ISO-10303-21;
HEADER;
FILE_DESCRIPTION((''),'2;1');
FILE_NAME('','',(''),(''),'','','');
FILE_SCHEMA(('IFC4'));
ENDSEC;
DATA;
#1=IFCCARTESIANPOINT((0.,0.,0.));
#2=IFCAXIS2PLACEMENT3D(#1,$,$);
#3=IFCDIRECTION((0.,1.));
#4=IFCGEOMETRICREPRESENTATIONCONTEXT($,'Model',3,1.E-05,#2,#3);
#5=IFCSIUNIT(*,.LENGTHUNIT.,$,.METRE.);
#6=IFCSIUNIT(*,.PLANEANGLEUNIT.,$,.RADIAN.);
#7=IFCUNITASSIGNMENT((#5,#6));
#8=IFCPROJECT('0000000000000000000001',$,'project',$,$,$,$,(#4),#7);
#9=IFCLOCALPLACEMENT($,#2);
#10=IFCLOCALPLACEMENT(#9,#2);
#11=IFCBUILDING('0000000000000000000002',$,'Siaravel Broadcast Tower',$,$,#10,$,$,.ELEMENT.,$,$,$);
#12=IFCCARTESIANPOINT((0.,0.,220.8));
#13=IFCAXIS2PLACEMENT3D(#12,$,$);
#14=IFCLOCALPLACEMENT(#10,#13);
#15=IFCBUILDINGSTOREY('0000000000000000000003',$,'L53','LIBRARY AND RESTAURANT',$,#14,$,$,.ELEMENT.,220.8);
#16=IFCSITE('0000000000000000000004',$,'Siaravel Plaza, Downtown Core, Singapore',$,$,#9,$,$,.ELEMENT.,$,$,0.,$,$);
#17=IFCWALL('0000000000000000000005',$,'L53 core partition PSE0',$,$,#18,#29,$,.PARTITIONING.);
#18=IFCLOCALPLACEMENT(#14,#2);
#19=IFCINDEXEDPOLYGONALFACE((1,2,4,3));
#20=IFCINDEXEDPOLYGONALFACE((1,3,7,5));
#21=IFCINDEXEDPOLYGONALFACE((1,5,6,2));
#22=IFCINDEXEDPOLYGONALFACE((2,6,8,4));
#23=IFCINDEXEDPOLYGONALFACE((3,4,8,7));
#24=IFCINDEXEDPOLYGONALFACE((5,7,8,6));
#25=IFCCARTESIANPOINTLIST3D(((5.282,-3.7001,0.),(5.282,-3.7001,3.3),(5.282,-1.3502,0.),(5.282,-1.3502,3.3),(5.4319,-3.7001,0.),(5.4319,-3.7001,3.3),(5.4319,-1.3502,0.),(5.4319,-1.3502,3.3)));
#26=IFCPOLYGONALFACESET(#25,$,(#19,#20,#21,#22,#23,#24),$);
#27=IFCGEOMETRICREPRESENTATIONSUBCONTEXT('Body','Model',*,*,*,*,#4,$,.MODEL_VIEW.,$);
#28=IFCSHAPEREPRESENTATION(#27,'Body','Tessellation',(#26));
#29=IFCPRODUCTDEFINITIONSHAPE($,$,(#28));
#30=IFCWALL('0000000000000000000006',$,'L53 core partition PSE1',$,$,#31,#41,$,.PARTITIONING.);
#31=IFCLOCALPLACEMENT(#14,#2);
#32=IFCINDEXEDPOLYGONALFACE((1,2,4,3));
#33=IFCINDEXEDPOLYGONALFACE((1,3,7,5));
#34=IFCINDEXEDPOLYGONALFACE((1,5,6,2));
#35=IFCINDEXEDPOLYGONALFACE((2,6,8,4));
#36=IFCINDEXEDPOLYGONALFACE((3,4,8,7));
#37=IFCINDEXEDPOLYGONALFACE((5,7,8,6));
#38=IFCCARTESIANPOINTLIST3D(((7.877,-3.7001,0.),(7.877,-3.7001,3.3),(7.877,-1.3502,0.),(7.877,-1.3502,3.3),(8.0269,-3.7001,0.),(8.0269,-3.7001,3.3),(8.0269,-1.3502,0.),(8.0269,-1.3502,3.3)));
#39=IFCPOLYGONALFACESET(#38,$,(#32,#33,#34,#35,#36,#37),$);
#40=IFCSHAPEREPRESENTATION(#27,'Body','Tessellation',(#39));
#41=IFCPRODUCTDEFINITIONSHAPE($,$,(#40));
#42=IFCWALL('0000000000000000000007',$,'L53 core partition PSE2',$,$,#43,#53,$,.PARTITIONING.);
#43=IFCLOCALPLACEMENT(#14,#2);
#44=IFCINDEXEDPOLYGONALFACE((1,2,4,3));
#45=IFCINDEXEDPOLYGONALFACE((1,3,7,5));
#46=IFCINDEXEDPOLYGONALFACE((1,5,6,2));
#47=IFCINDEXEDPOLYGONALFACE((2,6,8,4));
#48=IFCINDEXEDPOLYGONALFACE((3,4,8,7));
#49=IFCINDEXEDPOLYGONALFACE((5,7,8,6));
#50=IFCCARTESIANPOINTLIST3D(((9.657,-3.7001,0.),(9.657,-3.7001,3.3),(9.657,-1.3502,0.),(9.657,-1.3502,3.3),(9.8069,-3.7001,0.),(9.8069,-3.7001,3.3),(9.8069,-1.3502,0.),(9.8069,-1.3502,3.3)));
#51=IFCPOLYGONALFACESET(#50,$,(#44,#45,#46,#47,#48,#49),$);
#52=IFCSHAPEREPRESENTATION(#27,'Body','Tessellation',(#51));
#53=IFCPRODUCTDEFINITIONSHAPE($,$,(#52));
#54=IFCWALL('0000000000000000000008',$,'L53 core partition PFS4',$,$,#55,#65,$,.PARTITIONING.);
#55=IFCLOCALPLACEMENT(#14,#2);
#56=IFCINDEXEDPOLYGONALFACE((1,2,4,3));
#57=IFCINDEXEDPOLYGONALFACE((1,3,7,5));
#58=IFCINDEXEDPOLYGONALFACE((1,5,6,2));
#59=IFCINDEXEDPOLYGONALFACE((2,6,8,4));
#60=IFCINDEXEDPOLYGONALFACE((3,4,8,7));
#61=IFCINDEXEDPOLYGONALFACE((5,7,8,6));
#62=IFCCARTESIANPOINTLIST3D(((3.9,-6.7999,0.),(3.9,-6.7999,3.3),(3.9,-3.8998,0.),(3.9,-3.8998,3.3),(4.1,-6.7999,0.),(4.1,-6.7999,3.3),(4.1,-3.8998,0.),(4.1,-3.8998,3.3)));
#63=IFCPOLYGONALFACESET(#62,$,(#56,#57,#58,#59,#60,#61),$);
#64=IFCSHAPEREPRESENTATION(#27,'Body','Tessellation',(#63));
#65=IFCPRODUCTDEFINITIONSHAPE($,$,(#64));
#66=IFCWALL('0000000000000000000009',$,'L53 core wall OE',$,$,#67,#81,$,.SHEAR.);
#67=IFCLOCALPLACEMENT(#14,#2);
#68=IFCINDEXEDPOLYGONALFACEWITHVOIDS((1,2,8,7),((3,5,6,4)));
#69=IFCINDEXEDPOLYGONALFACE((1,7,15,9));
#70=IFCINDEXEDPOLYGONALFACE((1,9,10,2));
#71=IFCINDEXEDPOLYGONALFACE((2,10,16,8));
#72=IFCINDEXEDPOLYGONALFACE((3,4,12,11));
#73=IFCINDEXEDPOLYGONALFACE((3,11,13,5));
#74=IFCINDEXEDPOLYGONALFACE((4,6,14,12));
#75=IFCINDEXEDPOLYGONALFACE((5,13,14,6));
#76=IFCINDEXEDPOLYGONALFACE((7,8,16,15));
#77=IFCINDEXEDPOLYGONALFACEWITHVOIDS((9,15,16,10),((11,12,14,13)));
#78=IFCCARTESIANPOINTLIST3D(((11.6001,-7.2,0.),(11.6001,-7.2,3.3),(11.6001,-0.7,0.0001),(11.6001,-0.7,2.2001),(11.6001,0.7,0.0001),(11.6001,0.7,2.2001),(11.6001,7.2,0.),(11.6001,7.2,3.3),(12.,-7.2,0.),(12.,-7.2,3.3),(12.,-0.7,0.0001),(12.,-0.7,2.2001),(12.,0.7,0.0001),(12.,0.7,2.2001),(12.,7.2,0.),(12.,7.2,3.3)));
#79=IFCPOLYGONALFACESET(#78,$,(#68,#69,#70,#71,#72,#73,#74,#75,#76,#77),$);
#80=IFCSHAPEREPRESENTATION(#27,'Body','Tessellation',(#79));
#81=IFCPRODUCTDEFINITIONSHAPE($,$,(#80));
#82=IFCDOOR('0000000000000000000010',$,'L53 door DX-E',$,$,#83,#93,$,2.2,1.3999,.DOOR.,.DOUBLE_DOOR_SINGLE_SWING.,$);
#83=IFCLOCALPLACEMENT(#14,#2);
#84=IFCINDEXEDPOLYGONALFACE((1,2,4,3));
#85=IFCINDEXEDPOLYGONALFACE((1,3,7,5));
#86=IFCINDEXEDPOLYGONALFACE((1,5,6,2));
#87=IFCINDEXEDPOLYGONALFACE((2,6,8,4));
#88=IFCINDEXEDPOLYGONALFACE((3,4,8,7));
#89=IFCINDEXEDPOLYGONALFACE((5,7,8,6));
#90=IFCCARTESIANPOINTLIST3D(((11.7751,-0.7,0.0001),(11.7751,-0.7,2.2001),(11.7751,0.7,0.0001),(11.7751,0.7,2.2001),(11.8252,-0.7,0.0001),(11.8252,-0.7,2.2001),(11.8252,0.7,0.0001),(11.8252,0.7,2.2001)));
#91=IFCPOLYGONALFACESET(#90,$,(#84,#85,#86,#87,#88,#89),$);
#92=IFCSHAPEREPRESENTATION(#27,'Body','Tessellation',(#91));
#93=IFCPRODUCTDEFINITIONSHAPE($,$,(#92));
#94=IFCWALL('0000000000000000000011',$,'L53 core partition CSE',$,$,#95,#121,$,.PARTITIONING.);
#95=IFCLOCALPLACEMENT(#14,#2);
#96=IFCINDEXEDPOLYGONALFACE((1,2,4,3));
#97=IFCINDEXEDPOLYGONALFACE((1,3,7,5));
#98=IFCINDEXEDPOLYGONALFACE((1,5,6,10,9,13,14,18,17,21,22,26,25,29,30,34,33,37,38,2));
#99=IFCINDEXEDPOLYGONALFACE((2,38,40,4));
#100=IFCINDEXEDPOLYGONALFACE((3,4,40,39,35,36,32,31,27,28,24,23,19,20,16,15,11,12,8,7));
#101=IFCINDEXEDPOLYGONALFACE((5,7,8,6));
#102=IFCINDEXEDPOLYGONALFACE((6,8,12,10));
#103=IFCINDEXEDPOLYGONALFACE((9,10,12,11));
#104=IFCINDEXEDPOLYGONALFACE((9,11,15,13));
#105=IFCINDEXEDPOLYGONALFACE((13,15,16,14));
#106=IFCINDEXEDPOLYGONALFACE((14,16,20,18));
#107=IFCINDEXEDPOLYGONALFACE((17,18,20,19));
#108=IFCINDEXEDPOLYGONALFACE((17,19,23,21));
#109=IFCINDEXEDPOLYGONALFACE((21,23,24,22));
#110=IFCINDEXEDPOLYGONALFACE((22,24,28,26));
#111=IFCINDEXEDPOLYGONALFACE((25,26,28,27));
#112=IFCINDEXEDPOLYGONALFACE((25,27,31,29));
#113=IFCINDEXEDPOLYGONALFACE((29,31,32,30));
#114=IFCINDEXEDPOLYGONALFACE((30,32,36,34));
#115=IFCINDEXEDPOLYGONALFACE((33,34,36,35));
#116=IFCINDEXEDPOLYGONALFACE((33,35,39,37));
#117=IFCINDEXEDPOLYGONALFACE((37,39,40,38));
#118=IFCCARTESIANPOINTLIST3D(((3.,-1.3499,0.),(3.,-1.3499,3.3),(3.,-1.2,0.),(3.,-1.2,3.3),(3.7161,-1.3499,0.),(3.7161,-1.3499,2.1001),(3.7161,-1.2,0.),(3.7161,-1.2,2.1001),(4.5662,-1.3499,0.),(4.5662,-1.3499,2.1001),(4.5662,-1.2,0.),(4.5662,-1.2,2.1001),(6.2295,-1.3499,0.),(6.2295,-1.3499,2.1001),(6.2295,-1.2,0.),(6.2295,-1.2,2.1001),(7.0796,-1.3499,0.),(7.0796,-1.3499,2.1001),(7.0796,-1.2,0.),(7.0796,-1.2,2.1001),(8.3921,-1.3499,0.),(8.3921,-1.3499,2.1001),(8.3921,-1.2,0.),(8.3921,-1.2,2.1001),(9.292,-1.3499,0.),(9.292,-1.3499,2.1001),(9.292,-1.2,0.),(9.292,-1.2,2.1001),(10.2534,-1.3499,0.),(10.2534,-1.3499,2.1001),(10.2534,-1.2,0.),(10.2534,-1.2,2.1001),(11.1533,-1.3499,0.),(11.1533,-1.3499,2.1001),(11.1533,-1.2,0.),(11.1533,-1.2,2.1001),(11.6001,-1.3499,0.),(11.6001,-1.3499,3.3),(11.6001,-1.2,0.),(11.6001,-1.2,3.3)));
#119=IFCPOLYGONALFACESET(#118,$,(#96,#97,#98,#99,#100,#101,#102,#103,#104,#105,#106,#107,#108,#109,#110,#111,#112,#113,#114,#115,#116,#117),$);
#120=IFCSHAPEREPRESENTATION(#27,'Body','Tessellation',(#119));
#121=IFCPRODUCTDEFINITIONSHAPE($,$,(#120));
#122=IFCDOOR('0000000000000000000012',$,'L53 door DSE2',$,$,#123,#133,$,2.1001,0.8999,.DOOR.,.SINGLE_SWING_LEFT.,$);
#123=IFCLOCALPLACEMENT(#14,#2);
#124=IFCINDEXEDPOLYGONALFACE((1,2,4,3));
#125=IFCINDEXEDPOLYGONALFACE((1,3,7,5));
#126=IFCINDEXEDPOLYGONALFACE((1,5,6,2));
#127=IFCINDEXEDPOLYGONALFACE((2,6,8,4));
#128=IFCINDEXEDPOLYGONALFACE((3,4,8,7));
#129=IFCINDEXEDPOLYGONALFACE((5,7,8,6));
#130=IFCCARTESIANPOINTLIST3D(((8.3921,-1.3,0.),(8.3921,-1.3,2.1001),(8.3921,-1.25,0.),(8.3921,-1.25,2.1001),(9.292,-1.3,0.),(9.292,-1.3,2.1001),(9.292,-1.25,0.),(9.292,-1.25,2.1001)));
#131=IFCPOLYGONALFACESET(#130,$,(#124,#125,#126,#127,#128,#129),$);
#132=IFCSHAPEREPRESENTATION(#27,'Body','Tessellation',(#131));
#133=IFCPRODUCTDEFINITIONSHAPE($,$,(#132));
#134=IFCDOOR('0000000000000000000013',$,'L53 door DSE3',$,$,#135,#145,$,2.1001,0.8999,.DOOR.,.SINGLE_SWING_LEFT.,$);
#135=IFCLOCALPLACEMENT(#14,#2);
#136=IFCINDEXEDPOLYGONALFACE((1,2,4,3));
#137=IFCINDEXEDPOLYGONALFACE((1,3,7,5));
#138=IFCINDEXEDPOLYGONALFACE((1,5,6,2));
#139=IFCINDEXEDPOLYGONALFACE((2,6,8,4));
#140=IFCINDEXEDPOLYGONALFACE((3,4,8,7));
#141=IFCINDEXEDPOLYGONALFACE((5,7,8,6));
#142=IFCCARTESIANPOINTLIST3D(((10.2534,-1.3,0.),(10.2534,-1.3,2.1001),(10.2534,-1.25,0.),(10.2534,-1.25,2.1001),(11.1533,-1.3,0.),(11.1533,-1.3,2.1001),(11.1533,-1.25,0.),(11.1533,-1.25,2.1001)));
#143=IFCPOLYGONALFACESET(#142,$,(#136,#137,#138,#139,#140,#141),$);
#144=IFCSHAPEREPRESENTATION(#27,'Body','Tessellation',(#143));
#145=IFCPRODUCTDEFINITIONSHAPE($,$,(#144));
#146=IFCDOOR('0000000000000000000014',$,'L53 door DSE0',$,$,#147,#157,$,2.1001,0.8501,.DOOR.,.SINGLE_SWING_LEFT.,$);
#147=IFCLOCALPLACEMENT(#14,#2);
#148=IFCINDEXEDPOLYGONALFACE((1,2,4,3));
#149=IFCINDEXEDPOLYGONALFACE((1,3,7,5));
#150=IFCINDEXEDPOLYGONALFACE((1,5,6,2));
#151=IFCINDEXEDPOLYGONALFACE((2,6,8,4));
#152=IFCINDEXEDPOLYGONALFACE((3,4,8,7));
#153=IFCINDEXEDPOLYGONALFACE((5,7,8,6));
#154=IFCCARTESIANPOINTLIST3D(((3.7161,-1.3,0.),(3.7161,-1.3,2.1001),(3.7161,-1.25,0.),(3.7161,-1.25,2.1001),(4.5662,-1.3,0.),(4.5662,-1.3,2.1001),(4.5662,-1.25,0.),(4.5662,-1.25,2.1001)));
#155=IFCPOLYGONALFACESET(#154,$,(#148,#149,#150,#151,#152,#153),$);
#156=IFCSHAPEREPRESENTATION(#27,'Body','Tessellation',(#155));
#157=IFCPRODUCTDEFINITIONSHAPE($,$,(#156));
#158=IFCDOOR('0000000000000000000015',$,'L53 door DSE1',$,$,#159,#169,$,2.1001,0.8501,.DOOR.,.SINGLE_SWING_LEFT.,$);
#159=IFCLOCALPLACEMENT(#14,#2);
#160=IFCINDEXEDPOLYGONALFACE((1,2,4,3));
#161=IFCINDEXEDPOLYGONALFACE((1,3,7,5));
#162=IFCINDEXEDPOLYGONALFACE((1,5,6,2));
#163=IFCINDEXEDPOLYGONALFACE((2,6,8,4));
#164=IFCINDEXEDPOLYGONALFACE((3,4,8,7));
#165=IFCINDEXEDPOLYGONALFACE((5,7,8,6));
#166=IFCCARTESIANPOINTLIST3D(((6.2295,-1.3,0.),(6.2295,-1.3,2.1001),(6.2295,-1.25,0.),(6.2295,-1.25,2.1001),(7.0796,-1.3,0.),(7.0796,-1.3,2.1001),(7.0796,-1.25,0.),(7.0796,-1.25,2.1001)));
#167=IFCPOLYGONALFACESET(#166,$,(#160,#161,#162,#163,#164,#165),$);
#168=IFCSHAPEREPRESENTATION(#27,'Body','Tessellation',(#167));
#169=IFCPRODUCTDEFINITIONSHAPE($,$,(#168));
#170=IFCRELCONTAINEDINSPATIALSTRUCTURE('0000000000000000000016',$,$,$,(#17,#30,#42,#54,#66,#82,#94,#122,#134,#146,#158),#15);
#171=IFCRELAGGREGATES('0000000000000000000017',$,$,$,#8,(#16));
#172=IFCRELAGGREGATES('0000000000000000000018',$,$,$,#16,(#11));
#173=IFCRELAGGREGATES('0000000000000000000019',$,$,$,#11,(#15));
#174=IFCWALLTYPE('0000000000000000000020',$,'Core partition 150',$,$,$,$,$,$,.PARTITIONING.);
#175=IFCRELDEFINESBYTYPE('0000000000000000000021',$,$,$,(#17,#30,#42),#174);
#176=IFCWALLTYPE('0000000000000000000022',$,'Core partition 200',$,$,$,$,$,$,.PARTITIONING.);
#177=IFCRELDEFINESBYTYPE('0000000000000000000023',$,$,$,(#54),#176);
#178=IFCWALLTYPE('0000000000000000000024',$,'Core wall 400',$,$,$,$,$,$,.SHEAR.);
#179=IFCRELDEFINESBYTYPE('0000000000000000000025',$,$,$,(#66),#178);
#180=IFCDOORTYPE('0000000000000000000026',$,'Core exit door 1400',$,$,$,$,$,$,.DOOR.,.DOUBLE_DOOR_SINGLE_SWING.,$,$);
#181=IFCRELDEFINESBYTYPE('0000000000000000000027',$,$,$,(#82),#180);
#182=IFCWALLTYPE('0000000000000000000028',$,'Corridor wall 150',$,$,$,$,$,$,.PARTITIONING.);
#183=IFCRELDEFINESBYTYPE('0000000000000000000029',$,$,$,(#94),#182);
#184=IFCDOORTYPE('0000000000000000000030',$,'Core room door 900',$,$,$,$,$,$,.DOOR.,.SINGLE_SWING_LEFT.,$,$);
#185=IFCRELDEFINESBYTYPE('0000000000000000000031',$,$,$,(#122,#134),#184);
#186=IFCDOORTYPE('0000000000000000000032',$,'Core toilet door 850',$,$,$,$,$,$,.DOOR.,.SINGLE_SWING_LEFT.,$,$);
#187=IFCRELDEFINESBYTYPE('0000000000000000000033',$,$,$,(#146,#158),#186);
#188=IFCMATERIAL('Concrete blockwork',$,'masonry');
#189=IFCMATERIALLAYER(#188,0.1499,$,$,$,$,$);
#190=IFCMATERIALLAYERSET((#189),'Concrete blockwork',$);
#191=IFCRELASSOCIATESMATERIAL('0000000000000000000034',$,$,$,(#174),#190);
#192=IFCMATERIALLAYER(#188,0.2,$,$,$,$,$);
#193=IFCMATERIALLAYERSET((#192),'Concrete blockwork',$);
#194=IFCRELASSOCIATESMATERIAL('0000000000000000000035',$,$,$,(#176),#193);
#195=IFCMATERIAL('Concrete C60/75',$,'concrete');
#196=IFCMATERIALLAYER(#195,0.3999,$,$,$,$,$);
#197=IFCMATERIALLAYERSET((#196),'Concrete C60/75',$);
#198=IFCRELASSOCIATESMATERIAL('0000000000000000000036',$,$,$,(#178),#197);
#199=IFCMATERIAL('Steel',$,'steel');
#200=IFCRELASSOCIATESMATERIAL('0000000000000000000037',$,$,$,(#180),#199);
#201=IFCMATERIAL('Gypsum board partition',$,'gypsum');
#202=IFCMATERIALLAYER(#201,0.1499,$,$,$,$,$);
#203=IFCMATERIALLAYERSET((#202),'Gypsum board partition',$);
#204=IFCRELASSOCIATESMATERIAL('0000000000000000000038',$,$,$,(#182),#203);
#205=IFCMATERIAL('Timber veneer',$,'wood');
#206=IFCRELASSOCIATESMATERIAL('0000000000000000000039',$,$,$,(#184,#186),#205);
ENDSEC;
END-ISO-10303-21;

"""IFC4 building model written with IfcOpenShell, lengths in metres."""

from ifc_helpers import new_model, si_unit, direction, frame, frame_2d, origin, place, context, subcontext, project, spatial, rectangle, extrude, material, layer, layer_set, type_object, element, fill, save


model = new_model("IFC4")

# Units and contexts
model_context = context("Model", 3, precision=1e-05, world=origin(), true_north=direction((0.0, 1.0)))
body_context = subcontext(model_context, "Body", "Model", "MODEL_VIEW")
ifc_project = project(units=[si_unit("LENGTHUNIT", "METRE"), si_unit("PLANEANGLEUNIT", "RADIAN")], contexts=[model_context])

# Site, building, storey
site_placement = place(None, origin())
site = spatial("IfcSite", under=ifc_project, at=site_placement, Name="Siaravel Plaza, Downtown Core, Singapore", CompositionType="ELEMENT", RefElevation=0.0)
building_placement = place(site_placement, origin())
building = spatial("IfcBuilding", under=site, at=building_placement, Name="Siaravel Broadcast Tower", CompositionType="ELEMENT")
storey_placement = place(building_placement, frame((0.0, 0.0, 220.8)))
storey = spatial("IfcBuildingStorey", under=building, at=storey_placement, Name="L53", Description="LIBRARY AND RESTAURANT", CompositionType="ELEMENT", Elevation=220.8)

# Walls
ifc_material_1 = material(Name="Concrete blockwork", Category="masonry")
ifc_layer_1 = layer(ifc_material_1, 0.1499)
ifc_layer_set_1 = layer_set([ifc_layer_1], Name="Concrete blockwork")
wall_type_1 = type_object("IfcWallType", Name="Core partition 150", PredefinedType="PARTITIONING", material=ifc_layer_set_1)
for number, where, z_axis, x_axis, name in (
    (1, (5.3569, -3.7, 0.0), (0.0, 0.0, 1.0), (0.0, 1.0, 0.0), "L53 core partition PSE0"),
    (2, (7.9519, -3.7, 0.0), (0.0, 0.0, 1.0), (0.0, 1.0, 0.0), "L53 core partition PSE1"),
    (3, (9.7319, -3.7, 0.0), (0.0, 0.0, 1.0), (0.0, 1.0, 0.0), "L53 core partition PSE2"),
):
    element("IfcWall", number, at=place(storey_placement, frame(where, z_axis=z_axis, x_axis=x_axis)), inside=storey, type_object=wall_type_1, Name=name, PredefinedType="PARTITIONING", context=body_context, shape_type="SweptSolid", body=[
        extrude(rectangle(XDim=2.3499, YDim=0.1499, at=frame_2d((1.1748, 0.0))), origin(), (0.0, 0.0, 1.0), 3.3),
    ])
ifc_layer_2 = layer(ifc_material_1, 0.2)
ifc_layer_set_2 = layer_set([ifc_layer_2], Name="Concrete blockwork")
wall_type_2 = type_object("IfcWallType", Name="Core partition 200", PredefinedType="PARTITIONING", material=ifc_layer_set_2)
wall_1_placement = place(storey_placement, frame((4.0, -6.8, 0.0), z_axis=(0.0, 0.0, 1.0), x_axis=(0.0, 1.0, 0.0)))
element("IfcWall", 4, at=wall_1_placement, inside=storey, type_object=wall_type_2, Name="L53 core partition PFS4", PredefinedType="PARTITIONING", context=body_context, shape_type="SweptSolid", body=[
    extrude(rectangle(XDim=2.9001, YDim=0.2, at=frame_2d((1.4502, 0.0))), origin(), (0.0, 0.0, 1.0), 3.3),
])

# Wall, opening, door
ifc_material_2 = material(Name="Concrete C60/75", Category="concrete")
ifc_layer_3 = layer(ifc_material_2, 0.3999)
ifc_layer_set_3 = layer_set([ifc_layer_3], Name="Concrete C60/75")
wall_type_3 = type_object("IfcWallType", Name="Core wall 400", PredefinedType="SHEAR", material=ifc_layer_set_3)
wall_2_placement = place(storey_placement, frame((11.8, -7.2, 0.0), z_axis=(0.0, 0.0, 1.0), x_axis=(0.0, 1.0, 0.0)))
wall_2 = element("IfcWall", 5, at=wall_2_placement, inside=storey, type_object=wall_type_3, Name="L53 core wall OE", PredefinedType="SHEAR", context=body_context, shape_type="SweptSolid", body=[
    extrude(rectangle(XDim=14.3999, YDim=0.3999, at=frame_2d((7.2, 0.0))), origin(), (0.0, 0.0, 1.0), 3.3),
])
opening_1_placement = place(wall_2_placement, frame((6.5, 0.0, 0.0)))
opening_1 = element("IfcOpeningElement", 6, at=opening_1_placement, cuts=wall_2, PredefinedType="OPENING", context=body_context, shape_type="SweptSolid", body=[
    extrude(rectangle(XDim=1.3999, YDim=2.2, at=frame_2d((0.7, 1.1001))), frame((0.0, 0.21, 0.0), z_axis=(0.0, -1.0, 0.0), x_axis=(1.0, 0.0, 0.0)), (0.0, 0.0, 1.0), 0.4199),
])
ifc_material_3 = material(Name="Steel", Category="steel")
door_type_1 = type_object("IfcDoorType", Name="Core exit door 1400", OperationType="DOUBLE_DOOR_SINGLE_SWING", PredefinedType="DOOR", material=ifc_material_3)
door_1_placement = place(opening_1_placement, origin())
door_1 = element("IfcDoor", 7, at=door_1_placement, inside=storey, type_object=door_type_1, Name="L53 door DX-E", OperationType="DOUBLE_DOOR_SINGLE_SWING", OverallHeight=2.2, OverallWidth=1.3999, PredefinedType="DOOR", context=body_context, shape_type="SweptSolid", body=[
    extrude(rectangle(XDim=1.3999, YDim=2.2, at=frame_2d((0.7, 1.1001))), frame((0.0, 0.0249, 0.0), z_axis=(0.0, -1.0, 0.0), x_axis=(1.0, 0.0, 0.0)), (0.0, 0.0, 1.0), 0.05),
])
fill(opening_1, door_1)

# Wall, openings, doors
ifc_material_4 = material(Name="Gypsum board partition", Category="gypsum")
ifc_layer_4 = layer(ifc_material_4, 0.1499)
ifc_layer_set_4 = layer_set([ifc_layer_4], Name="Gypsum board partition")
wall_type_4 = type_object("IfcWallType", Name="Corridor wall 150", PredefinedType="PARTITIONING", material=ifc_layer_set_4)
wall_3_placement = place(storey_placement, frame((3.0, -1.2749, 0.0), z_axis=(0.0, 0.0, 1.0), x_axis=(1.0, 0.0, 0.0)))
wall_3 = element("IfcWall", 8, at=wall_3_placement, inside=storey, type_object=wall_type_4, Name="L53 core partition CSE", PredefinedType="PARTITIONING", context=body_context, shape_type="SweptSolid", body=[
    extrude(rectangle(XDim=8.6001, YDim=0.1499, at=frame_2d((4.3, 0.0))), origin(), (0.0, 0.0, 1.0), 3.3),
])
opening_2_placement = place(wall_3_placement, frame((0.7161, 0.0, 0.0)))
opening_2 = element("IfcOpeningElement", 9, at=opening_2_placement, cuts=wall_3, PredefinedType="OPENING", context=body_context, shape_type="SweptSolid", body=[
    extrude(rectangle(XDim=0.8501, YDim=2.1001, at=frame_2d((0.425, 1.05))), frame((0.0, 0.085, 0.0), z_axis=(0.0, -1.0, 0.0), x_axis=(1.0, 0.0, 0.0)), (0.0, 0.0, 1.0), 0.1699),
])
opening_3_placement = place(wall_3_placement, frame((3.2295, 0.0, 0.0)))
opening_3 = element("IfcOpeningElement", 10, at=opening_3_placement, cuts=wall_3, PredefinedType="OPENING", context=body_context, shape_type="SweptSolid", body=[
    extrude(rectangle(XDim=0.8501, YDim=2.1001, at=frame_2d((0.425, 1.05))), frame((0.0, 0.085, 0.0), z_axis=(0.0, -1.0, 0.0), x_axis=(1.0, 0.0, 0.0)), (0.0, 0.0, 1.0), 0.1699),
])
opening_4_placement = place(wall_3_placement, frame((5.3921, 0.0, 0.0)))
opening_4 = element("IfcOpeningElement", 11, at=opening_4_placement, cuts=wall_3, PredefinedType="OPENING", context=body_context, shape_type="SweptSolid", body=[
    extrude(rectangle(XDim=0.8999, YDim=2.1001, at=frame_2d((0.45, 1.05))), frame((0.0, 0.085, 0.0), z_axis=(0.0, -1.0, 0.0), x_axis=(1.0, 0.0, 0.0)), (0.0, 0.0, 1.0), 0.1699),
])
opening_5_placement = place(wall_3_placement, frame((7.2534, 0.0, 0.0)))
opening_5 = element("IfcOpeningElement", 12, at=opening_5_placement, cuts=wall_3, PredefinedType="OPENING", context=body_context, shape_type="SweptSolid", body=[
    extrude(rectangle(XDim=0.8999, YDim=2.1001, at=frame_2d((0.45, 1.05))), frame((0.0, 0.085, 0.0), z_axis=(0.0, -1.0, 0.0), x_axis=(1.0, 0.0, 0.0)), (0.0, 0.0, 1.0), 0.1699),
])
ifc_material_5 = material(Name="Timber veneer", Category="wood")
door_type_2 = type_object("IfcDoorType", Name="Core room door 900", OperationType="SINGLE_SWING_LEFT", PredefinedType="DOOR", material=ifc_material_5)
door_2_placement = place(opening_4_placement, origin())
door_2 = element("IfcDoor", 13, at=door_2_placement, inside=storey, type_object=door_type_2, Name="L53 door DSE2", OperationType="SINGLE_SWING_LEFT", OverallHeight=2.1001, OverallWidth=0.8999, PredefinedType="DOOR", context=body_context, shape_type="SweptSolid", body=[
    extrude(rectangle(XDim=0.8999, YDim=2.1001, at=frame_2d((0.45, 1.05))), frame((0.0, 0.0249, 0.0), z_axis=(0.0, -1.0, 0.0), x_axis=(1.0, 0.0, 0.0)), (0.0, 0.0, 1.0), 0.05),
])
fill(opening_4, door_2)
door_3_placement = place(opening_5_placement, origin())
door_3 = element("IfcDoor", 14, at=door_3_placement, inside=storey, type_object=door_type_2, Name="L53 door DSE3", OperationType="SINGLE_SWING_LEFT", OverallHeight=2.1001, OverallWidth=0.8999, PredefinedType="DOOR", context=body_context, shape_type="SweptSolid", body=[
    extrude(rectangle(XDim=0.8999, YDim=2.1001, at=frame_2d((0.45, 1.05))), frame((0.0, 0.0249, 0.0), z_axis=(0.0, -1.0, 0.0), x_axis=(1.0, 0.0, 0.0)), (0.0, 0.0, 1.0), 0.05),
])
fill(opening_5, door_3)
door_type_3 = type_object("IfcDoorType", Name="Core toilet door 850", OperationType="SINGLE_SWING_LEFT", PredefinedType="DOOR", material=ifc_material_5)
door_4_placement = place(opening_2_placement, origin())
door_4 = element("IfcDoor", 15, at=door_4_placement, inside=storey, type_object=door_type_3, Name="L53 door DSE0", OperationType="SINGLE_SWING_LEFT", OverallHeight=2.1001, OverallWidth=0.8501, PredefinedType="DOOR", context=body_context, shape_type="SweptSolid", body=[
    extrude(rectangle(XDim=0.8501, YDim=2.1001, at=frame_2d((0.425, 1.05))), frame((0.0, 0.0249, 0.0), z_axis=(0.0, -1.0, 0.0), x_axis=(1.0, 0.0, 0.0)), (0.0, 0.0, 1.0), 0.05),
])
fill(opening_2, door_4)
door_5_placement = place(opening_3_placement, origin())
door_5 = element("IfcDoor", 16, at=door_5_placement, inside=storey, type_object=door_type_3, Name="L53 door DSE1", OperationType="SINGLE_SWING_LEFT", OverallHeight=2.1001, OverallWidth=0.8501, PredefinedType="DOOR", context=body_context, shape_type="SweptSolid", body=[
    extrude(rectangle(XDim=0.8501, YDim=2.1001, at=frame_2d((0.425, 1.05))), frame((0.0, 0.0249, 0.0), z_axis=(0.0, -1.0, 0.0), x_axis=(1.0, 0.0, 0.0)), (0.0, 0.0, 1.0), 0.05),
])
fill(opening_3, door_5)

save(model, "model.ifc")
